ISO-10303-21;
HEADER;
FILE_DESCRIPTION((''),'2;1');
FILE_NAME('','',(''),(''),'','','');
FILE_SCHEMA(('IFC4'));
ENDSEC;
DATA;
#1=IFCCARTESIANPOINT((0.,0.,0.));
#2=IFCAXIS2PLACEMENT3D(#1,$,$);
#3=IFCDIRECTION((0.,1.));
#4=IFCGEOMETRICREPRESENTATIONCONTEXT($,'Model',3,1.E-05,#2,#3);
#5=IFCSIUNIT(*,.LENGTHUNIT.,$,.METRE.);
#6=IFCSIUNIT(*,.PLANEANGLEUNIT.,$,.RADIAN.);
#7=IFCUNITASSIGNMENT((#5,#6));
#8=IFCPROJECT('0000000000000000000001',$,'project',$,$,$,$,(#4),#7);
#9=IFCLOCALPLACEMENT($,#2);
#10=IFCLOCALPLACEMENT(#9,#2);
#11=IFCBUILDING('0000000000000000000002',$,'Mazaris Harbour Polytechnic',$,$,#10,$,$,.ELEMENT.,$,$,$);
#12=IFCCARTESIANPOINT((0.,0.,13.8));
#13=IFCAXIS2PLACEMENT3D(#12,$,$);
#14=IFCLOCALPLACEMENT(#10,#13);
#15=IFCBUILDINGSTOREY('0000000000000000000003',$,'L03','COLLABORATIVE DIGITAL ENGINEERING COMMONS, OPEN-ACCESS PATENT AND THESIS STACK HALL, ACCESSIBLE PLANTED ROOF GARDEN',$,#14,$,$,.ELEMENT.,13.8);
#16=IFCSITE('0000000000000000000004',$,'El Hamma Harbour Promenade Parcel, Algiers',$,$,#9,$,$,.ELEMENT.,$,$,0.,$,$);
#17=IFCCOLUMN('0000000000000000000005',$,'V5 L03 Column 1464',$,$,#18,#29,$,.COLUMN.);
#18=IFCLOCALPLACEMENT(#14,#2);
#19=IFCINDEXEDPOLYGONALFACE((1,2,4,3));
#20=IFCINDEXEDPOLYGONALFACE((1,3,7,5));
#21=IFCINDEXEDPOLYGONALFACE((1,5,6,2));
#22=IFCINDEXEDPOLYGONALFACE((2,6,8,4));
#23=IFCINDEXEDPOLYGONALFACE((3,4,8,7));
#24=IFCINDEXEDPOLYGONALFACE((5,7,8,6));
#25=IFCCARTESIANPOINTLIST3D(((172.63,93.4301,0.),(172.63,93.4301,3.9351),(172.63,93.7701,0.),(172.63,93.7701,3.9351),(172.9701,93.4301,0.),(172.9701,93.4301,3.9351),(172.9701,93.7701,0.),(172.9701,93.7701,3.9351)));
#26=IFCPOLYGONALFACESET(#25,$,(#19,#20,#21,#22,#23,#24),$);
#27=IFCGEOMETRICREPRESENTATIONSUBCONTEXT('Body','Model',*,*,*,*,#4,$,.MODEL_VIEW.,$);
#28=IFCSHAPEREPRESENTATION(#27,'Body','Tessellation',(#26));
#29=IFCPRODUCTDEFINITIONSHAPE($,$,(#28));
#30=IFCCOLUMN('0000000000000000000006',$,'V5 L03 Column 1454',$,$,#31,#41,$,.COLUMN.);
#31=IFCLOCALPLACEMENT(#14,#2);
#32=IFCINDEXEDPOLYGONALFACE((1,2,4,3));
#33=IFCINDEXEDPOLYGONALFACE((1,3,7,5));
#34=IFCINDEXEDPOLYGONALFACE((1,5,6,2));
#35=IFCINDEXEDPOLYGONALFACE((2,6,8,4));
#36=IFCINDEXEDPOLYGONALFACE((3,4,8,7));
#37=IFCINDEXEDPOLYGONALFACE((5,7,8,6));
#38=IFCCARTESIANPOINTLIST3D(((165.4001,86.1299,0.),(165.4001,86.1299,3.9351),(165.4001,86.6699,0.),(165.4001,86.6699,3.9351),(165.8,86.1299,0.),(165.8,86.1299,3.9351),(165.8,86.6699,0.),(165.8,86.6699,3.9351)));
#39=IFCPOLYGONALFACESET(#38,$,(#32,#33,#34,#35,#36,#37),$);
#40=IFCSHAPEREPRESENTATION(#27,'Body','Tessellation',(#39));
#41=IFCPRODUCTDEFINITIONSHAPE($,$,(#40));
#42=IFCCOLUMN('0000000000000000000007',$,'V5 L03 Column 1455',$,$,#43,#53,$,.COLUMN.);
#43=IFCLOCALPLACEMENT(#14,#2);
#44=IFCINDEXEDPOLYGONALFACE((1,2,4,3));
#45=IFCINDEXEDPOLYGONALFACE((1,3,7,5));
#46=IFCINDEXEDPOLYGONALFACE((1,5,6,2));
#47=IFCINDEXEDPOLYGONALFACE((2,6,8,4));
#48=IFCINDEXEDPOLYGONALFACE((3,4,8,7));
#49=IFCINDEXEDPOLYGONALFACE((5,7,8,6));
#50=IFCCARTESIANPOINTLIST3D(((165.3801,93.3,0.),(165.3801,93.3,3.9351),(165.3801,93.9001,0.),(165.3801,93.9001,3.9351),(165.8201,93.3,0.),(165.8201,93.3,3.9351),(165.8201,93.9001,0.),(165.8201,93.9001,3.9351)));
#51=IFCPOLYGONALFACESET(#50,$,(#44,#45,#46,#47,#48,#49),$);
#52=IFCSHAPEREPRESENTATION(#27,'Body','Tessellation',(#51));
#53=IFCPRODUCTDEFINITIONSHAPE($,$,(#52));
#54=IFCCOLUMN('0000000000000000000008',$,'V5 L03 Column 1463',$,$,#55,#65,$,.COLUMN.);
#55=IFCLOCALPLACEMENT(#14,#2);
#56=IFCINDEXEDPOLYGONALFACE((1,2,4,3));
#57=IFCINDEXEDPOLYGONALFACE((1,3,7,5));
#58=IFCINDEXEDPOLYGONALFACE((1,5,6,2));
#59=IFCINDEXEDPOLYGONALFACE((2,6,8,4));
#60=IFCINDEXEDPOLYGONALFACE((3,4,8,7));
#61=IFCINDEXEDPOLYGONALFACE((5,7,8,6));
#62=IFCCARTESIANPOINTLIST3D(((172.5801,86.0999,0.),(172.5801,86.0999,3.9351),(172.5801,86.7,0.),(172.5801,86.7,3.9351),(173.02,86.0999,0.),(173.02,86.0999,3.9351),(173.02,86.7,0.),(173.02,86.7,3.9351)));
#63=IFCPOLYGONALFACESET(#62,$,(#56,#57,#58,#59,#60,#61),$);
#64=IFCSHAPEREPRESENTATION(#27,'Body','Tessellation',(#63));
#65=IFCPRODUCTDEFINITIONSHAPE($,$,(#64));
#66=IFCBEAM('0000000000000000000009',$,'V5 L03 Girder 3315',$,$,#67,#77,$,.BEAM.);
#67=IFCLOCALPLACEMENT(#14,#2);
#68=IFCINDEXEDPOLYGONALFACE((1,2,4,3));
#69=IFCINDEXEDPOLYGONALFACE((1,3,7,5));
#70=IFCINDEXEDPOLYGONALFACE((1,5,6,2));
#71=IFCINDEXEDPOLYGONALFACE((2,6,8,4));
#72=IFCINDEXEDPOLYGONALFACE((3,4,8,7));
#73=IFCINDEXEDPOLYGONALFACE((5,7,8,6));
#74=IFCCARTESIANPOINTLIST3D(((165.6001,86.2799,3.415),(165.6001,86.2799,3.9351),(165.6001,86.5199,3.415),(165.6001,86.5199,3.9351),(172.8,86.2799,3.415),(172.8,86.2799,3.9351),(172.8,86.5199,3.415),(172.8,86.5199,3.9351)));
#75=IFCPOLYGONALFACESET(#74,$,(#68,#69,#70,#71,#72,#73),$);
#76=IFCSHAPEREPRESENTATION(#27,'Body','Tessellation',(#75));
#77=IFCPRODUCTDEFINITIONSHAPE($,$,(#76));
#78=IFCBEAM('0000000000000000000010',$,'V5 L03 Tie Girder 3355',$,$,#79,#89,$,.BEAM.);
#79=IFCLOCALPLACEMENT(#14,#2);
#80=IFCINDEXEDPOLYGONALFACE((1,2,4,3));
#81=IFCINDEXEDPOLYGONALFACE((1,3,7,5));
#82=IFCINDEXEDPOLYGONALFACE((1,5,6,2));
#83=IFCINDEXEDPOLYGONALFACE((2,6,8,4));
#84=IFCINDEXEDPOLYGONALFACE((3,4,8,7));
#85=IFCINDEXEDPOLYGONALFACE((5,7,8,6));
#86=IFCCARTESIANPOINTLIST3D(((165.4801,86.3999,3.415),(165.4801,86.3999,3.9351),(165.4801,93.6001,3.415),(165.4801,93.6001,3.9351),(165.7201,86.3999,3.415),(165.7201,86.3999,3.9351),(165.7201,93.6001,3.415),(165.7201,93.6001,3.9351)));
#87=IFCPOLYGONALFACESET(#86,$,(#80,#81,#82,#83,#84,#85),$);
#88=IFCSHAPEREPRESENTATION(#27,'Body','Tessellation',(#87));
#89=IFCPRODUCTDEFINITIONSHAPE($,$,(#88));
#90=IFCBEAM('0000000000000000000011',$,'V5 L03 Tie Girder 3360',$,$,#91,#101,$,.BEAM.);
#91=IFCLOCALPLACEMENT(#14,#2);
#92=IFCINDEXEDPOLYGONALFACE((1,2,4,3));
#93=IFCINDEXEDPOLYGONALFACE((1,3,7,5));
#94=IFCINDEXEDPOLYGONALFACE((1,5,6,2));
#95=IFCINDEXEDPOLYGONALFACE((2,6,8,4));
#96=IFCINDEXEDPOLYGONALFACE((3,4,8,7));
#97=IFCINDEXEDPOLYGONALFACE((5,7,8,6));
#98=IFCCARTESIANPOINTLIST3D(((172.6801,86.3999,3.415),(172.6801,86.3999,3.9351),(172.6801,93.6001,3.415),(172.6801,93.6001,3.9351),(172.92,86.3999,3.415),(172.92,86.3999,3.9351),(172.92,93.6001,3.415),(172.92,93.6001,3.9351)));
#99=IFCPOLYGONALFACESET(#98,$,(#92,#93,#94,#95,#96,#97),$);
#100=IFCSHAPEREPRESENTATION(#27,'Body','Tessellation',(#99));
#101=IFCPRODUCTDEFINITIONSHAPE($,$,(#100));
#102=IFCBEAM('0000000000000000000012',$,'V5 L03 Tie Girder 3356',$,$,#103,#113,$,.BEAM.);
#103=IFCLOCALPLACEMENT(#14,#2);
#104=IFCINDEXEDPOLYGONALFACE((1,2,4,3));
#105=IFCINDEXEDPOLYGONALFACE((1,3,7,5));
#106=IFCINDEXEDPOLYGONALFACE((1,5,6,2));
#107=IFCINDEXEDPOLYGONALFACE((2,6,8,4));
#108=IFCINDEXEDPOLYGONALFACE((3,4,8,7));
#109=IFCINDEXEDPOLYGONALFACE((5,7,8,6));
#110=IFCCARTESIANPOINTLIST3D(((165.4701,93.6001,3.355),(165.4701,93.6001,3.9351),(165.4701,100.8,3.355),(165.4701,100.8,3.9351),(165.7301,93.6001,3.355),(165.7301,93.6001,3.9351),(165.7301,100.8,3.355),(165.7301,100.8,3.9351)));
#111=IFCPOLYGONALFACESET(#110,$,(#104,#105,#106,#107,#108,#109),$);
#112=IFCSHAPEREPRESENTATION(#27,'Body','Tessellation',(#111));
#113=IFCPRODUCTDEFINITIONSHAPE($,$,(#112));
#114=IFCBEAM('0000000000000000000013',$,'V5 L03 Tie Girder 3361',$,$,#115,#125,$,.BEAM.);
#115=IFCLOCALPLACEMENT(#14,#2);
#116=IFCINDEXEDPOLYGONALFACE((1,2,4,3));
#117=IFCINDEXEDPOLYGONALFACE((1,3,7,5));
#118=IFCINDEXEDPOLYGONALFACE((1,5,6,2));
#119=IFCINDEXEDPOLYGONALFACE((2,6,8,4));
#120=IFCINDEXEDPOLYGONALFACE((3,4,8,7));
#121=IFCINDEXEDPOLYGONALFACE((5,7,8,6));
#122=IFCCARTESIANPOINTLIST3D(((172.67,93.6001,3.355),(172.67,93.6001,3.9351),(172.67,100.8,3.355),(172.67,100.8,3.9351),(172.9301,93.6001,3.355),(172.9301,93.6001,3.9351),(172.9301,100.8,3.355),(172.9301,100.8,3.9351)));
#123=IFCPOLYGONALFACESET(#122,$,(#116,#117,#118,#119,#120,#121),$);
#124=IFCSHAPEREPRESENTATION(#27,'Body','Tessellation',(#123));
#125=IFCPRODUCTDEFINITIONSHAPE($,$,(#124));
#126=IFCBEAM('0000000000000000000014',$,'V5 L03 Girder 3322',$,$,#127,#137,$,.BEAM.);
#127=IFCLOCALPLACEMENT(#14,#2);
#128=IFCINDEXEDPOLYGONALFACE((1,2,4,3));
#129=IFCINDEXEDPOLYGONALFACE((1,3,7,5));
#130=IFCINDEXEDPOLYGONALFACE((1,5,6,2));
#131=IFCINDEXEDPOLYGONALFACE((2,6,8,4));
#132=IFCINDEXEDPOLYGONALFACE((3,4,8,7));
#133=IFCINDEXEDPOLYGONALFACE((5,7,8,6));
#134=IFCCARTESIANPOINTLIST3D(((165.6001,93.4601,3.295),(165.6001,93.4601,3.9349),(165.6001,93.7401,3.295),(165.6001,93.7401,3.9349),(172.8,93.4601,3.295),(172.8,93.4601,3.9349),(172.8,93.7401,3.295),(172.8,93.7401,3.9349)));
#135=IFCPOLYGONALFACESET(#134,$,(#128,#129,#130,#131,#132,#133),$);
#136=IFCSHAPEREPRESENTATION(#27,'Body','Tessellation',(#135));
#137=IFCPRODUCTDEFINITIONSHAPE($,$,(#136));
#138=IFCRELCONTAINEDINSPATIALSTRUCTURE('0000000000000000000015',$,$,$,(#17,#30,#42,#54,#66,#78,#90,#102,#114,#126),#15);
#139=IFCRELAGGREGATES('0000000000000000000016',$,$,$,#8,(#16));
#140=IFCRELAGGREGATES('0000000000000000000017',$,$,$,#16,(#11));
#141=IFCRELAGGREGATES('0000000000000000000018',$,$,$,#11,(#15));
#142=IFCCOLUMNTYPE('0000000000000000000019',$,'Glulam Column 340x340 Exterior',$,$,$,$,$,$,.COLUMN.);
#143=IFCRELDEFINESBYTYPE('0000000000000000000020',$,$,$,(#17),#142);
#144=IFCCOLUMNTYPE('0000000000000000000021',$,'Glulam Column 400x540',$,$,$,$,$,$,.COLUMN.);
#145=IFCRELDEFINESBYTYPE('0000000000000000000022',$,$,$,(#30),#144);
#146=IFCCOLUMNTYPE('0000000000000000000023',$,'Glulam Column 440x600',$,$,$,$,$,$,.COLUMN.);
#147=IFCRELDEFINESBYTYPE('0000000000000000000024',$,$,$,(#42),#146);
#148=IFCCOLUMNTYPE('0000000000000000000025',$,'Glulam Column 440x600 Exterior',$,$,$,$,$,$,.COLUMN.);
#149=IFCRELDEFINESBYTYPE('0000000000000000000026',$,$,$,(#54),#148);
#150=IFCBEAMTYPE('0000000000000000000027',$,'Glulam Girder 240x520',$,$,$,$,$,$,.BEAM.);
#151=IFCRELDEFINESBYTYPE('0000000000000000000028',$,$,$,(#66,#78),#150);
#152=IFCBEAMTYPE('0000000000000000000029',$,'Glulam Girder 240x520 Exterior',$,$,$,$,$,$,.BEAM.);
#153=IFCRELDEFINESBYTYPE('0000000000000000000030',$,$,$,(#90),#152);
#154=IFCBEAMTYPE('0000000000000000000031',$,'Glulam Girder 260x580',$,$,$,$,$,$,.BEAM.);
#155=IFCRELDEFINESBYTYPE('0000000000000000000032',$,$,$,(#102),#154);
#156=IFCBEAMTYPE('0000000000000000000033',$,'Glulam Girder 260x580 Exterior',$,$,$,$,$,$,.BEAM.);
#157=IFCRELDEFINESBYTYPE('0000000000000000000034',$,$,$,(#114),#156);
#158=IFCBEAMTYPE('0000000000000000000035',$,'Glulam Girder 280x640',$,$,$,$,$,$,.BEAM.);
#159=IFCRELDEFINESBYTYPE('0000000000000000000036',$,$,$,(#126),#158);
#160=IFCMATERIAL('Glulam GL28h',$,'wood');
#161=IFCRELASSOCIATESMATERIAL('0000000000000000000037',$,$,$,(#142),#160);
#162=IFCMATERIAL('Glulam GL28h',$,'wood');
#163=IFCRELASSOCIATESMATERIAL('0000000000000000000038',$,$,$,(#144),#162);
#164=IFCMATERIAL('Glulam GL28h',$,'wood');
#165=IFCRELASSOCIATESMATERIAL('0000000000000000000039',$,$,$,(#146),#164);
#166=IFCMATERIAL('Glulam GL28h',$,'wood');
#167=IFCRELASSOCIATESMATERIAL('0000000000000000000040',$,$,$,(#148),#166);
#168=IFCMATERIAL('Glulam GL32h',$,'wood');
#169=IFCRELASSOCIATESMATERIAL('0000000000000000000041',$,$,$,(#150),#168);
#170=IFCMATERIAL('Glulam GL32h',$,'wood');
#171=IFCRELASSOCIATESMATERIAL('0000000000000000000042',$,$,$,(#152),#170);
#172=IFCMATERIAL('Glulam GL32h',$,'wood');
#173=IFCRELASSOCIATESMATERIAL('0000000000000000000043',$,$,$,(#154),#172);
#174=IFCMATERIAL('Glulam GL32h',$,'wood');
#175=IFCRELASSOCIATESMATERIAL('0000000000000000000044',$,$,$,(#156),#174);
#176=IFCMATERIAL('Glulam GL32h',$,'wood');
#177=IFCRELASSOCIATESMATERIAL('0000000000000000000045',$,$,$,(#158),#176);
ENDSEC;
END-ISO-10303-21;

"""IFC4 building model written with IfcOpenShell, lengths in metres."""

from ifc_helpers import new_model, si_unit, direction, frame, origin, origin_2d, place, context, subcontext, project, spatial, rectangle, extrude, material, material_profile, profile_set, type_object, element, save


model = new_model("IFC4")

# Units and contexts
model_context = context("Model", 3, precision=1e-05, world=origin(), true_north=direction((0.0, 1.0)))
body_context = subcontext(model_context, "Body", "Model", "MODEL_VIEW")
ifc_project = project(units=[si_unit("LENGTHUNIT", "METRE"), si_unit("PLANEANGLEUNIT", "RADIAN")], contexts=[model_context])

# Site, building, storey
site_placement = place(None, origin())
site = spatial("IfcSite", under=ifc_project, at=site_placement, Name="El Hamma Harbour Promenade Parcel, Algiers", CompositionType="ELEMENT", RefElevation=0.0)
building_placement = place(site_placement, origin())
building = spatial("IfcBuilding", under=site, at=building_placement, Name="Mazaris Harbour Polytechnic", CompositionType="ELEMENT")
storey_placement = place(building_placement, frame((0.0, 0.0, 13.8)))
storey = spatial("IfcBuildingStorey", under=building, at=storey_placement, Name="L03", Description="COLLABORATIVE DIGITAL ENGINEERING COMMONS, OPEN-ACCESS PATENT AND THESIS STACK HALL, ACCESSIBLE PLANTED ROOF GARDEN", CompositionType="ELEMENT", Elevation=13.8)

# Columns
ifc_material_1 = material(Name="Glulam GL28h", Category="wood")
ifc_material_profile_1 = material_profile(ifc_material_1, rectangle(XDim=0.3401, YDim=0.3401, at=origin_2d()), Name="RECT340x340")
ifc_profile_set_1 = profile_set([ifc_material_profile_1], Name="Glulam GL28h")
column_type_1 = type_object("IfcColumnType", Name="Glulam Column 340x340 Exterior", PredefinedType="COLUMN", material=ifc_profile_set_1)
column_1_placement = place(storey_placement, frame((172.8, 93.6001, 0.0), z_axis=(0.0, 0.0, 1.0), x_axis=(1.0, 0.0, 0.0)))
element("IfcColumn", 1, at=column_1_placement, inside=storey, type_object=column_type_1, Name="V5 L03 Column 1464", PredefinedType="COLUMN", context=body_context, shape_type="SweptSolid", body=[
    extrude(rectangle(XDim=0.3401, YDim=0.3401, at=origin_2d()), origin(), (0.0, 0.0, 1.0), 3.9351),
])
ifc_material_2 = material(Name="Glulam GL28h", Category="wood")
ifc_material_profile_2 = material_profile(ifc_material_2, rectangle(XDim=0.3999, YDim=0.54, at=origin_2d()), Name="RECT400x540")
ifc_profile_set_2 = profile_set([ifc_material_profile_2], Name="Glulam GL28h")
column_type_2 = type_object("IfcColumnType", Name="Glulam Column 400x540", PredefinedType="COLUMN", material=ifc_profile_set_2)
column_2_placement = place(storey_placement, frame((165.6001, 86.3999, 0.0), z_axis=(0.0, 0.0, 1.0), x_axis=(1.0, 0.0, 0.0)))
element("IfcColumn", 2, at=column_2_placement, inside=storey, type_object=column_type_2, Name="V5 L03 Column 1454", PredefinedType="COLUMN", context=body_context, shape_type="SweptSolid", body=[
    extrude(rectangle(XDim=0.3999, YDim=0.54, at=origin_2d()), origin(), (0.0, 0.0, 1.0), 3.9351),
])
ifc_material_3 = material(Name="Glulam GL28h", Category="wood")
ifc_material_profile_3 = material_profile(ifc_material_3, rectangle(XDim=0.4399, YDim=0.6001, at=origin_2d()), Name="RECT440x600")
ifc_profile_set_3 = profile_set([ifc_material_profile_3], Name="Glulam GL28h")
column_type_3 = type_object("IfcColumnType", Name="Glulam Column 440x600", PredefinedType="COLUMN", material=ifc_profile_set_3)
column_3_placement = place(storey_placement, frame((165.6001, 93.6001, 0.0), z_axis=(0.0, 0.0, 1.0), x_axis=(1.0, 0.0, 0.0)))
element("IfcColumn", 3, at=column_3_placement, inside=storey, type_object=column_type_3, Name="V5 L03 Column 1455", PredefinedType="COLUMN", context=body_context, shape_type="SweptSolid", body=[
    extrude(rectangle(XDim=0.4399, YDim=0.6001, at=origin_2d()), origin(), (0.0, 0.0, 1.0), 3.9351),
])
ifc_material_4 = material(Name="Glulam GL28h", Category="wood")
ifc_material_profile_4 = material_profile(ifc_material_4, rectangle(XDim=0.4399, YDim=0.6001, at=origin_2d()), Name="RECT440x600")
ifc_profile_set_4 = profile_set([ifc_material_profile_4], Name="Glulam GL28h")
column_type_4 = type_object("IfcColumnType", Name="Glulam Column 440x600 Exterior", PredefinedType="COLUMN", material=ifc_profile_set_4)
column_4_placement = place(storey_placement, frame((172.8, 86.3999, 0.0), z_axis=(0.0, 0.0, 1.0), x_axis=(1.0, 0.0, 0.0)))
element("IfcColumn", 4, at=column_4_placement, inside=storey, type_object=column_type_4, Name="V5 L03 Column 1463", PredefinedType="COLUMN", context=body_context, shape_type="SweptSolid", body=[
    extrude(rectangle(XDim=0.4399, YDim=0.6001, at=origin_2d()), origin(), (0.0, 0.0, 1.0), 3.9351),
])

# Beams
ifc_material_5 = material(Name="Glulam GL32h", Category="wood")
ifc_material_profile_5 = material_profile(ifc_material_5, rectangle(XDim=0.24, YDim=0.52, at=origin_2d()), Name="RECT240x520")
ifc_profile_set_5 = profile_set([ifc_material_profile_5], Name="Glulam GL32h")
beam_type_1 = type_object("IfcBeamType", Name="Glulam Girder 240x520", PredefinedType="BEAM", material=ifc_profile_set_5)
beam_1_placement = place(storey_placement, frame((165.6001, 86.3999, 3.675), z_axis=(1.0, 0.0, 0.0), x_axis=(0.0, 1.0, 0.0)))
element("IfcBeam", 5, at=beam_1_placement, inside=storey, type_object=beam_type_1, Name="V5 L03 Girder 3315", PredefinedType="BEAM", context=body_context, shape_type="SweptSolid", body=[
    extrude(rectangle(XDim=0.24, YDim=0.52, at=origin_2d()), origin(), (0.0, 0.0, 1.0), 7.2),
])
beam_2_placement = place(storey_placement, frame((165.6001, 86.3999, 3.675), z_axis=(0.0, 1.0, 0.0), x_axis=(-1.0, 0.0, 0.0)))
element("IfcBeam", 6, at=beam_2_placement, inside=storey, type_object=beam_type_1, Name="V5 L03 Tie Girder 3355", PredefinedType="BEAM", context=body_context, shape_type="SweptSolid", body=[
    extrude(rectangle(XDim=0.24, YDim=0.52, at=origin_2d()), origin(), (0.0, 0.0, 1.0), 7.2002),
])
ifc_material_6 = material(Name="Glulam GL32h", Category="wood")
ifc_material_profile_6 = material_profile(ifc_material_6, rectangle(XDim=0.24, YDim=0.52, at=origin_2d()), Name="RECT240x520")
ifc_profile_set_6 = profile_set([ifc_material_profile_6], Name="Glulam GL32h")
beam_type_2 = type_object("IfcBeamType", Name="Glulam Girder 240x520 Exterior", PredefinedType="BEAM", material=ifc_profile_set_6)
beam_3_placement = place(storey_placement, frame((172.8, 86.3999, 3.675), z_axis=(0.0, 1.0, 0.0), x_axis=(-1.0, 0.0, 0.0)))
element("IfcBeam", 7, at=beam_3_placement, inside=storey, type_object=beam_type_2, Name="V5 L03 Tie Girder 3360", PredefinedType="BEAM", context=body_context, shape_type="SweptSolid", body=[
    extrude(rectangle(XDim=0.24, YDim=0.52, at=origin_2d()), origin(), (0.0, 0.0, 1.0), 7.2002),
])
ifc_material_7 = material(Name="Glulam GL32h", Category="wood")
ifc_material_profile_7 = material_profile(ifc_material_7, rectangle(XDim=0.26, YDim=0.5801, at=origin_2d()), Name="RECT260x580")
ifc_profile_set_7 = profile_set([ifc_material_profile_7], Name="Glulam GL32h")
beam_type_3 = type_object("IfcBeamType", Name="Glulam Girder 260x580", PredefinedType="BEAM", material=ifc_profile_set_7)
beam_4_placement = place(storey_placement, frame((165.6001, 93.6001, 3.645), z_axis=(0.0, 1.0, 0.0), x_axis=(-1.0, 0.0, 0.0)))
element("IfcBeam", 8, at=beam_4_placement, inside=storey, type_object=beam_type_3, Name="V5 L03 Tie Girder 3356", PredefinedType="BEAM", context=body_context, shape_type="SweptSolid", body=[
    extrude(rectangle(XDim=0.26, YDim=0.5801, at=origin_2d()), origin(), (0.0, 0.0, 1.0), 7.2),
])
ifc_material_8 = material(Name="Glulam GL32h", Category="wood")
ifc_material_profile_8 = material_profile(ifc_material_8, rectangle(XDim=0.26, YDim=0.5801, at=origin_2d()), Name="RECT260x580")
ifc_profile_set_8 = profile_set([ifc_material_profile_8], Name="Glulam GL32h")
beam_type_4 = type_object("IfcBeamType", Name="Glulam Girder 260x580 Exterior", PredefinedType="BEAM", material=ifc_profile_set_8)
beam_5_placement = place(storey_placement, frame((172.8, 93.6001, 3.645), z_axis=(0.0, 1.0, 0.0), x_axis=(-1.0, 0.0, 0.0)))
element("IfcBeam", 9, at=beam_5_placement, inside=storey, type_object=beam_type_4, Name="V5 L03 Tie Girder 3361", PredefinedType="BEAM", context=body_context, shape_type="SweptSolid", body=[
    extrude(rectangle(XDim=0.26, YDim=0.5801, at=origin_2d()), origin(), (0.0, 0.0, 1.0), 7.2),
])
ifc_material_9 = material(Name="Glulam GL32h", Category="wood")
ifc_material_profile_9 = material_profile(ifc_material_9, rectangle(XDim=0.28, YDim=0.6399, at=origin_2d()), Name="RECT280x640")
ifc_profile_set_9 = profile_set([ifc_material_profile_9], Name="Glulam GL32h")
beam_type_5 = type_object("IfcBeamType", Name="Glulam Girder 280x640", PredefinedType="BEAM", material=ifc_profile_set_9)
beam_6_placement = place(storey_placement, frame((165.6001, 93.6001, 3.615), z_axis=(1.0, 0.0, 0.0), x_axis=(0.0, 1.0, 0.0)))
element("IfcBeam", 10, at=beam_6_placement, inside=storey, type_object=beam_type_5, Name="V5 L03 Girder 3322", PredefinedType="BEAM", context=body_context, shape_type="SweptSolid", body=[
    extrude(rectangle(XDim=0.28, YDim=0.6399, at=origin_2d()), origin(), (0.0, 0.0, 1.0), 7.2),
])

save(model, "model.ifc")
